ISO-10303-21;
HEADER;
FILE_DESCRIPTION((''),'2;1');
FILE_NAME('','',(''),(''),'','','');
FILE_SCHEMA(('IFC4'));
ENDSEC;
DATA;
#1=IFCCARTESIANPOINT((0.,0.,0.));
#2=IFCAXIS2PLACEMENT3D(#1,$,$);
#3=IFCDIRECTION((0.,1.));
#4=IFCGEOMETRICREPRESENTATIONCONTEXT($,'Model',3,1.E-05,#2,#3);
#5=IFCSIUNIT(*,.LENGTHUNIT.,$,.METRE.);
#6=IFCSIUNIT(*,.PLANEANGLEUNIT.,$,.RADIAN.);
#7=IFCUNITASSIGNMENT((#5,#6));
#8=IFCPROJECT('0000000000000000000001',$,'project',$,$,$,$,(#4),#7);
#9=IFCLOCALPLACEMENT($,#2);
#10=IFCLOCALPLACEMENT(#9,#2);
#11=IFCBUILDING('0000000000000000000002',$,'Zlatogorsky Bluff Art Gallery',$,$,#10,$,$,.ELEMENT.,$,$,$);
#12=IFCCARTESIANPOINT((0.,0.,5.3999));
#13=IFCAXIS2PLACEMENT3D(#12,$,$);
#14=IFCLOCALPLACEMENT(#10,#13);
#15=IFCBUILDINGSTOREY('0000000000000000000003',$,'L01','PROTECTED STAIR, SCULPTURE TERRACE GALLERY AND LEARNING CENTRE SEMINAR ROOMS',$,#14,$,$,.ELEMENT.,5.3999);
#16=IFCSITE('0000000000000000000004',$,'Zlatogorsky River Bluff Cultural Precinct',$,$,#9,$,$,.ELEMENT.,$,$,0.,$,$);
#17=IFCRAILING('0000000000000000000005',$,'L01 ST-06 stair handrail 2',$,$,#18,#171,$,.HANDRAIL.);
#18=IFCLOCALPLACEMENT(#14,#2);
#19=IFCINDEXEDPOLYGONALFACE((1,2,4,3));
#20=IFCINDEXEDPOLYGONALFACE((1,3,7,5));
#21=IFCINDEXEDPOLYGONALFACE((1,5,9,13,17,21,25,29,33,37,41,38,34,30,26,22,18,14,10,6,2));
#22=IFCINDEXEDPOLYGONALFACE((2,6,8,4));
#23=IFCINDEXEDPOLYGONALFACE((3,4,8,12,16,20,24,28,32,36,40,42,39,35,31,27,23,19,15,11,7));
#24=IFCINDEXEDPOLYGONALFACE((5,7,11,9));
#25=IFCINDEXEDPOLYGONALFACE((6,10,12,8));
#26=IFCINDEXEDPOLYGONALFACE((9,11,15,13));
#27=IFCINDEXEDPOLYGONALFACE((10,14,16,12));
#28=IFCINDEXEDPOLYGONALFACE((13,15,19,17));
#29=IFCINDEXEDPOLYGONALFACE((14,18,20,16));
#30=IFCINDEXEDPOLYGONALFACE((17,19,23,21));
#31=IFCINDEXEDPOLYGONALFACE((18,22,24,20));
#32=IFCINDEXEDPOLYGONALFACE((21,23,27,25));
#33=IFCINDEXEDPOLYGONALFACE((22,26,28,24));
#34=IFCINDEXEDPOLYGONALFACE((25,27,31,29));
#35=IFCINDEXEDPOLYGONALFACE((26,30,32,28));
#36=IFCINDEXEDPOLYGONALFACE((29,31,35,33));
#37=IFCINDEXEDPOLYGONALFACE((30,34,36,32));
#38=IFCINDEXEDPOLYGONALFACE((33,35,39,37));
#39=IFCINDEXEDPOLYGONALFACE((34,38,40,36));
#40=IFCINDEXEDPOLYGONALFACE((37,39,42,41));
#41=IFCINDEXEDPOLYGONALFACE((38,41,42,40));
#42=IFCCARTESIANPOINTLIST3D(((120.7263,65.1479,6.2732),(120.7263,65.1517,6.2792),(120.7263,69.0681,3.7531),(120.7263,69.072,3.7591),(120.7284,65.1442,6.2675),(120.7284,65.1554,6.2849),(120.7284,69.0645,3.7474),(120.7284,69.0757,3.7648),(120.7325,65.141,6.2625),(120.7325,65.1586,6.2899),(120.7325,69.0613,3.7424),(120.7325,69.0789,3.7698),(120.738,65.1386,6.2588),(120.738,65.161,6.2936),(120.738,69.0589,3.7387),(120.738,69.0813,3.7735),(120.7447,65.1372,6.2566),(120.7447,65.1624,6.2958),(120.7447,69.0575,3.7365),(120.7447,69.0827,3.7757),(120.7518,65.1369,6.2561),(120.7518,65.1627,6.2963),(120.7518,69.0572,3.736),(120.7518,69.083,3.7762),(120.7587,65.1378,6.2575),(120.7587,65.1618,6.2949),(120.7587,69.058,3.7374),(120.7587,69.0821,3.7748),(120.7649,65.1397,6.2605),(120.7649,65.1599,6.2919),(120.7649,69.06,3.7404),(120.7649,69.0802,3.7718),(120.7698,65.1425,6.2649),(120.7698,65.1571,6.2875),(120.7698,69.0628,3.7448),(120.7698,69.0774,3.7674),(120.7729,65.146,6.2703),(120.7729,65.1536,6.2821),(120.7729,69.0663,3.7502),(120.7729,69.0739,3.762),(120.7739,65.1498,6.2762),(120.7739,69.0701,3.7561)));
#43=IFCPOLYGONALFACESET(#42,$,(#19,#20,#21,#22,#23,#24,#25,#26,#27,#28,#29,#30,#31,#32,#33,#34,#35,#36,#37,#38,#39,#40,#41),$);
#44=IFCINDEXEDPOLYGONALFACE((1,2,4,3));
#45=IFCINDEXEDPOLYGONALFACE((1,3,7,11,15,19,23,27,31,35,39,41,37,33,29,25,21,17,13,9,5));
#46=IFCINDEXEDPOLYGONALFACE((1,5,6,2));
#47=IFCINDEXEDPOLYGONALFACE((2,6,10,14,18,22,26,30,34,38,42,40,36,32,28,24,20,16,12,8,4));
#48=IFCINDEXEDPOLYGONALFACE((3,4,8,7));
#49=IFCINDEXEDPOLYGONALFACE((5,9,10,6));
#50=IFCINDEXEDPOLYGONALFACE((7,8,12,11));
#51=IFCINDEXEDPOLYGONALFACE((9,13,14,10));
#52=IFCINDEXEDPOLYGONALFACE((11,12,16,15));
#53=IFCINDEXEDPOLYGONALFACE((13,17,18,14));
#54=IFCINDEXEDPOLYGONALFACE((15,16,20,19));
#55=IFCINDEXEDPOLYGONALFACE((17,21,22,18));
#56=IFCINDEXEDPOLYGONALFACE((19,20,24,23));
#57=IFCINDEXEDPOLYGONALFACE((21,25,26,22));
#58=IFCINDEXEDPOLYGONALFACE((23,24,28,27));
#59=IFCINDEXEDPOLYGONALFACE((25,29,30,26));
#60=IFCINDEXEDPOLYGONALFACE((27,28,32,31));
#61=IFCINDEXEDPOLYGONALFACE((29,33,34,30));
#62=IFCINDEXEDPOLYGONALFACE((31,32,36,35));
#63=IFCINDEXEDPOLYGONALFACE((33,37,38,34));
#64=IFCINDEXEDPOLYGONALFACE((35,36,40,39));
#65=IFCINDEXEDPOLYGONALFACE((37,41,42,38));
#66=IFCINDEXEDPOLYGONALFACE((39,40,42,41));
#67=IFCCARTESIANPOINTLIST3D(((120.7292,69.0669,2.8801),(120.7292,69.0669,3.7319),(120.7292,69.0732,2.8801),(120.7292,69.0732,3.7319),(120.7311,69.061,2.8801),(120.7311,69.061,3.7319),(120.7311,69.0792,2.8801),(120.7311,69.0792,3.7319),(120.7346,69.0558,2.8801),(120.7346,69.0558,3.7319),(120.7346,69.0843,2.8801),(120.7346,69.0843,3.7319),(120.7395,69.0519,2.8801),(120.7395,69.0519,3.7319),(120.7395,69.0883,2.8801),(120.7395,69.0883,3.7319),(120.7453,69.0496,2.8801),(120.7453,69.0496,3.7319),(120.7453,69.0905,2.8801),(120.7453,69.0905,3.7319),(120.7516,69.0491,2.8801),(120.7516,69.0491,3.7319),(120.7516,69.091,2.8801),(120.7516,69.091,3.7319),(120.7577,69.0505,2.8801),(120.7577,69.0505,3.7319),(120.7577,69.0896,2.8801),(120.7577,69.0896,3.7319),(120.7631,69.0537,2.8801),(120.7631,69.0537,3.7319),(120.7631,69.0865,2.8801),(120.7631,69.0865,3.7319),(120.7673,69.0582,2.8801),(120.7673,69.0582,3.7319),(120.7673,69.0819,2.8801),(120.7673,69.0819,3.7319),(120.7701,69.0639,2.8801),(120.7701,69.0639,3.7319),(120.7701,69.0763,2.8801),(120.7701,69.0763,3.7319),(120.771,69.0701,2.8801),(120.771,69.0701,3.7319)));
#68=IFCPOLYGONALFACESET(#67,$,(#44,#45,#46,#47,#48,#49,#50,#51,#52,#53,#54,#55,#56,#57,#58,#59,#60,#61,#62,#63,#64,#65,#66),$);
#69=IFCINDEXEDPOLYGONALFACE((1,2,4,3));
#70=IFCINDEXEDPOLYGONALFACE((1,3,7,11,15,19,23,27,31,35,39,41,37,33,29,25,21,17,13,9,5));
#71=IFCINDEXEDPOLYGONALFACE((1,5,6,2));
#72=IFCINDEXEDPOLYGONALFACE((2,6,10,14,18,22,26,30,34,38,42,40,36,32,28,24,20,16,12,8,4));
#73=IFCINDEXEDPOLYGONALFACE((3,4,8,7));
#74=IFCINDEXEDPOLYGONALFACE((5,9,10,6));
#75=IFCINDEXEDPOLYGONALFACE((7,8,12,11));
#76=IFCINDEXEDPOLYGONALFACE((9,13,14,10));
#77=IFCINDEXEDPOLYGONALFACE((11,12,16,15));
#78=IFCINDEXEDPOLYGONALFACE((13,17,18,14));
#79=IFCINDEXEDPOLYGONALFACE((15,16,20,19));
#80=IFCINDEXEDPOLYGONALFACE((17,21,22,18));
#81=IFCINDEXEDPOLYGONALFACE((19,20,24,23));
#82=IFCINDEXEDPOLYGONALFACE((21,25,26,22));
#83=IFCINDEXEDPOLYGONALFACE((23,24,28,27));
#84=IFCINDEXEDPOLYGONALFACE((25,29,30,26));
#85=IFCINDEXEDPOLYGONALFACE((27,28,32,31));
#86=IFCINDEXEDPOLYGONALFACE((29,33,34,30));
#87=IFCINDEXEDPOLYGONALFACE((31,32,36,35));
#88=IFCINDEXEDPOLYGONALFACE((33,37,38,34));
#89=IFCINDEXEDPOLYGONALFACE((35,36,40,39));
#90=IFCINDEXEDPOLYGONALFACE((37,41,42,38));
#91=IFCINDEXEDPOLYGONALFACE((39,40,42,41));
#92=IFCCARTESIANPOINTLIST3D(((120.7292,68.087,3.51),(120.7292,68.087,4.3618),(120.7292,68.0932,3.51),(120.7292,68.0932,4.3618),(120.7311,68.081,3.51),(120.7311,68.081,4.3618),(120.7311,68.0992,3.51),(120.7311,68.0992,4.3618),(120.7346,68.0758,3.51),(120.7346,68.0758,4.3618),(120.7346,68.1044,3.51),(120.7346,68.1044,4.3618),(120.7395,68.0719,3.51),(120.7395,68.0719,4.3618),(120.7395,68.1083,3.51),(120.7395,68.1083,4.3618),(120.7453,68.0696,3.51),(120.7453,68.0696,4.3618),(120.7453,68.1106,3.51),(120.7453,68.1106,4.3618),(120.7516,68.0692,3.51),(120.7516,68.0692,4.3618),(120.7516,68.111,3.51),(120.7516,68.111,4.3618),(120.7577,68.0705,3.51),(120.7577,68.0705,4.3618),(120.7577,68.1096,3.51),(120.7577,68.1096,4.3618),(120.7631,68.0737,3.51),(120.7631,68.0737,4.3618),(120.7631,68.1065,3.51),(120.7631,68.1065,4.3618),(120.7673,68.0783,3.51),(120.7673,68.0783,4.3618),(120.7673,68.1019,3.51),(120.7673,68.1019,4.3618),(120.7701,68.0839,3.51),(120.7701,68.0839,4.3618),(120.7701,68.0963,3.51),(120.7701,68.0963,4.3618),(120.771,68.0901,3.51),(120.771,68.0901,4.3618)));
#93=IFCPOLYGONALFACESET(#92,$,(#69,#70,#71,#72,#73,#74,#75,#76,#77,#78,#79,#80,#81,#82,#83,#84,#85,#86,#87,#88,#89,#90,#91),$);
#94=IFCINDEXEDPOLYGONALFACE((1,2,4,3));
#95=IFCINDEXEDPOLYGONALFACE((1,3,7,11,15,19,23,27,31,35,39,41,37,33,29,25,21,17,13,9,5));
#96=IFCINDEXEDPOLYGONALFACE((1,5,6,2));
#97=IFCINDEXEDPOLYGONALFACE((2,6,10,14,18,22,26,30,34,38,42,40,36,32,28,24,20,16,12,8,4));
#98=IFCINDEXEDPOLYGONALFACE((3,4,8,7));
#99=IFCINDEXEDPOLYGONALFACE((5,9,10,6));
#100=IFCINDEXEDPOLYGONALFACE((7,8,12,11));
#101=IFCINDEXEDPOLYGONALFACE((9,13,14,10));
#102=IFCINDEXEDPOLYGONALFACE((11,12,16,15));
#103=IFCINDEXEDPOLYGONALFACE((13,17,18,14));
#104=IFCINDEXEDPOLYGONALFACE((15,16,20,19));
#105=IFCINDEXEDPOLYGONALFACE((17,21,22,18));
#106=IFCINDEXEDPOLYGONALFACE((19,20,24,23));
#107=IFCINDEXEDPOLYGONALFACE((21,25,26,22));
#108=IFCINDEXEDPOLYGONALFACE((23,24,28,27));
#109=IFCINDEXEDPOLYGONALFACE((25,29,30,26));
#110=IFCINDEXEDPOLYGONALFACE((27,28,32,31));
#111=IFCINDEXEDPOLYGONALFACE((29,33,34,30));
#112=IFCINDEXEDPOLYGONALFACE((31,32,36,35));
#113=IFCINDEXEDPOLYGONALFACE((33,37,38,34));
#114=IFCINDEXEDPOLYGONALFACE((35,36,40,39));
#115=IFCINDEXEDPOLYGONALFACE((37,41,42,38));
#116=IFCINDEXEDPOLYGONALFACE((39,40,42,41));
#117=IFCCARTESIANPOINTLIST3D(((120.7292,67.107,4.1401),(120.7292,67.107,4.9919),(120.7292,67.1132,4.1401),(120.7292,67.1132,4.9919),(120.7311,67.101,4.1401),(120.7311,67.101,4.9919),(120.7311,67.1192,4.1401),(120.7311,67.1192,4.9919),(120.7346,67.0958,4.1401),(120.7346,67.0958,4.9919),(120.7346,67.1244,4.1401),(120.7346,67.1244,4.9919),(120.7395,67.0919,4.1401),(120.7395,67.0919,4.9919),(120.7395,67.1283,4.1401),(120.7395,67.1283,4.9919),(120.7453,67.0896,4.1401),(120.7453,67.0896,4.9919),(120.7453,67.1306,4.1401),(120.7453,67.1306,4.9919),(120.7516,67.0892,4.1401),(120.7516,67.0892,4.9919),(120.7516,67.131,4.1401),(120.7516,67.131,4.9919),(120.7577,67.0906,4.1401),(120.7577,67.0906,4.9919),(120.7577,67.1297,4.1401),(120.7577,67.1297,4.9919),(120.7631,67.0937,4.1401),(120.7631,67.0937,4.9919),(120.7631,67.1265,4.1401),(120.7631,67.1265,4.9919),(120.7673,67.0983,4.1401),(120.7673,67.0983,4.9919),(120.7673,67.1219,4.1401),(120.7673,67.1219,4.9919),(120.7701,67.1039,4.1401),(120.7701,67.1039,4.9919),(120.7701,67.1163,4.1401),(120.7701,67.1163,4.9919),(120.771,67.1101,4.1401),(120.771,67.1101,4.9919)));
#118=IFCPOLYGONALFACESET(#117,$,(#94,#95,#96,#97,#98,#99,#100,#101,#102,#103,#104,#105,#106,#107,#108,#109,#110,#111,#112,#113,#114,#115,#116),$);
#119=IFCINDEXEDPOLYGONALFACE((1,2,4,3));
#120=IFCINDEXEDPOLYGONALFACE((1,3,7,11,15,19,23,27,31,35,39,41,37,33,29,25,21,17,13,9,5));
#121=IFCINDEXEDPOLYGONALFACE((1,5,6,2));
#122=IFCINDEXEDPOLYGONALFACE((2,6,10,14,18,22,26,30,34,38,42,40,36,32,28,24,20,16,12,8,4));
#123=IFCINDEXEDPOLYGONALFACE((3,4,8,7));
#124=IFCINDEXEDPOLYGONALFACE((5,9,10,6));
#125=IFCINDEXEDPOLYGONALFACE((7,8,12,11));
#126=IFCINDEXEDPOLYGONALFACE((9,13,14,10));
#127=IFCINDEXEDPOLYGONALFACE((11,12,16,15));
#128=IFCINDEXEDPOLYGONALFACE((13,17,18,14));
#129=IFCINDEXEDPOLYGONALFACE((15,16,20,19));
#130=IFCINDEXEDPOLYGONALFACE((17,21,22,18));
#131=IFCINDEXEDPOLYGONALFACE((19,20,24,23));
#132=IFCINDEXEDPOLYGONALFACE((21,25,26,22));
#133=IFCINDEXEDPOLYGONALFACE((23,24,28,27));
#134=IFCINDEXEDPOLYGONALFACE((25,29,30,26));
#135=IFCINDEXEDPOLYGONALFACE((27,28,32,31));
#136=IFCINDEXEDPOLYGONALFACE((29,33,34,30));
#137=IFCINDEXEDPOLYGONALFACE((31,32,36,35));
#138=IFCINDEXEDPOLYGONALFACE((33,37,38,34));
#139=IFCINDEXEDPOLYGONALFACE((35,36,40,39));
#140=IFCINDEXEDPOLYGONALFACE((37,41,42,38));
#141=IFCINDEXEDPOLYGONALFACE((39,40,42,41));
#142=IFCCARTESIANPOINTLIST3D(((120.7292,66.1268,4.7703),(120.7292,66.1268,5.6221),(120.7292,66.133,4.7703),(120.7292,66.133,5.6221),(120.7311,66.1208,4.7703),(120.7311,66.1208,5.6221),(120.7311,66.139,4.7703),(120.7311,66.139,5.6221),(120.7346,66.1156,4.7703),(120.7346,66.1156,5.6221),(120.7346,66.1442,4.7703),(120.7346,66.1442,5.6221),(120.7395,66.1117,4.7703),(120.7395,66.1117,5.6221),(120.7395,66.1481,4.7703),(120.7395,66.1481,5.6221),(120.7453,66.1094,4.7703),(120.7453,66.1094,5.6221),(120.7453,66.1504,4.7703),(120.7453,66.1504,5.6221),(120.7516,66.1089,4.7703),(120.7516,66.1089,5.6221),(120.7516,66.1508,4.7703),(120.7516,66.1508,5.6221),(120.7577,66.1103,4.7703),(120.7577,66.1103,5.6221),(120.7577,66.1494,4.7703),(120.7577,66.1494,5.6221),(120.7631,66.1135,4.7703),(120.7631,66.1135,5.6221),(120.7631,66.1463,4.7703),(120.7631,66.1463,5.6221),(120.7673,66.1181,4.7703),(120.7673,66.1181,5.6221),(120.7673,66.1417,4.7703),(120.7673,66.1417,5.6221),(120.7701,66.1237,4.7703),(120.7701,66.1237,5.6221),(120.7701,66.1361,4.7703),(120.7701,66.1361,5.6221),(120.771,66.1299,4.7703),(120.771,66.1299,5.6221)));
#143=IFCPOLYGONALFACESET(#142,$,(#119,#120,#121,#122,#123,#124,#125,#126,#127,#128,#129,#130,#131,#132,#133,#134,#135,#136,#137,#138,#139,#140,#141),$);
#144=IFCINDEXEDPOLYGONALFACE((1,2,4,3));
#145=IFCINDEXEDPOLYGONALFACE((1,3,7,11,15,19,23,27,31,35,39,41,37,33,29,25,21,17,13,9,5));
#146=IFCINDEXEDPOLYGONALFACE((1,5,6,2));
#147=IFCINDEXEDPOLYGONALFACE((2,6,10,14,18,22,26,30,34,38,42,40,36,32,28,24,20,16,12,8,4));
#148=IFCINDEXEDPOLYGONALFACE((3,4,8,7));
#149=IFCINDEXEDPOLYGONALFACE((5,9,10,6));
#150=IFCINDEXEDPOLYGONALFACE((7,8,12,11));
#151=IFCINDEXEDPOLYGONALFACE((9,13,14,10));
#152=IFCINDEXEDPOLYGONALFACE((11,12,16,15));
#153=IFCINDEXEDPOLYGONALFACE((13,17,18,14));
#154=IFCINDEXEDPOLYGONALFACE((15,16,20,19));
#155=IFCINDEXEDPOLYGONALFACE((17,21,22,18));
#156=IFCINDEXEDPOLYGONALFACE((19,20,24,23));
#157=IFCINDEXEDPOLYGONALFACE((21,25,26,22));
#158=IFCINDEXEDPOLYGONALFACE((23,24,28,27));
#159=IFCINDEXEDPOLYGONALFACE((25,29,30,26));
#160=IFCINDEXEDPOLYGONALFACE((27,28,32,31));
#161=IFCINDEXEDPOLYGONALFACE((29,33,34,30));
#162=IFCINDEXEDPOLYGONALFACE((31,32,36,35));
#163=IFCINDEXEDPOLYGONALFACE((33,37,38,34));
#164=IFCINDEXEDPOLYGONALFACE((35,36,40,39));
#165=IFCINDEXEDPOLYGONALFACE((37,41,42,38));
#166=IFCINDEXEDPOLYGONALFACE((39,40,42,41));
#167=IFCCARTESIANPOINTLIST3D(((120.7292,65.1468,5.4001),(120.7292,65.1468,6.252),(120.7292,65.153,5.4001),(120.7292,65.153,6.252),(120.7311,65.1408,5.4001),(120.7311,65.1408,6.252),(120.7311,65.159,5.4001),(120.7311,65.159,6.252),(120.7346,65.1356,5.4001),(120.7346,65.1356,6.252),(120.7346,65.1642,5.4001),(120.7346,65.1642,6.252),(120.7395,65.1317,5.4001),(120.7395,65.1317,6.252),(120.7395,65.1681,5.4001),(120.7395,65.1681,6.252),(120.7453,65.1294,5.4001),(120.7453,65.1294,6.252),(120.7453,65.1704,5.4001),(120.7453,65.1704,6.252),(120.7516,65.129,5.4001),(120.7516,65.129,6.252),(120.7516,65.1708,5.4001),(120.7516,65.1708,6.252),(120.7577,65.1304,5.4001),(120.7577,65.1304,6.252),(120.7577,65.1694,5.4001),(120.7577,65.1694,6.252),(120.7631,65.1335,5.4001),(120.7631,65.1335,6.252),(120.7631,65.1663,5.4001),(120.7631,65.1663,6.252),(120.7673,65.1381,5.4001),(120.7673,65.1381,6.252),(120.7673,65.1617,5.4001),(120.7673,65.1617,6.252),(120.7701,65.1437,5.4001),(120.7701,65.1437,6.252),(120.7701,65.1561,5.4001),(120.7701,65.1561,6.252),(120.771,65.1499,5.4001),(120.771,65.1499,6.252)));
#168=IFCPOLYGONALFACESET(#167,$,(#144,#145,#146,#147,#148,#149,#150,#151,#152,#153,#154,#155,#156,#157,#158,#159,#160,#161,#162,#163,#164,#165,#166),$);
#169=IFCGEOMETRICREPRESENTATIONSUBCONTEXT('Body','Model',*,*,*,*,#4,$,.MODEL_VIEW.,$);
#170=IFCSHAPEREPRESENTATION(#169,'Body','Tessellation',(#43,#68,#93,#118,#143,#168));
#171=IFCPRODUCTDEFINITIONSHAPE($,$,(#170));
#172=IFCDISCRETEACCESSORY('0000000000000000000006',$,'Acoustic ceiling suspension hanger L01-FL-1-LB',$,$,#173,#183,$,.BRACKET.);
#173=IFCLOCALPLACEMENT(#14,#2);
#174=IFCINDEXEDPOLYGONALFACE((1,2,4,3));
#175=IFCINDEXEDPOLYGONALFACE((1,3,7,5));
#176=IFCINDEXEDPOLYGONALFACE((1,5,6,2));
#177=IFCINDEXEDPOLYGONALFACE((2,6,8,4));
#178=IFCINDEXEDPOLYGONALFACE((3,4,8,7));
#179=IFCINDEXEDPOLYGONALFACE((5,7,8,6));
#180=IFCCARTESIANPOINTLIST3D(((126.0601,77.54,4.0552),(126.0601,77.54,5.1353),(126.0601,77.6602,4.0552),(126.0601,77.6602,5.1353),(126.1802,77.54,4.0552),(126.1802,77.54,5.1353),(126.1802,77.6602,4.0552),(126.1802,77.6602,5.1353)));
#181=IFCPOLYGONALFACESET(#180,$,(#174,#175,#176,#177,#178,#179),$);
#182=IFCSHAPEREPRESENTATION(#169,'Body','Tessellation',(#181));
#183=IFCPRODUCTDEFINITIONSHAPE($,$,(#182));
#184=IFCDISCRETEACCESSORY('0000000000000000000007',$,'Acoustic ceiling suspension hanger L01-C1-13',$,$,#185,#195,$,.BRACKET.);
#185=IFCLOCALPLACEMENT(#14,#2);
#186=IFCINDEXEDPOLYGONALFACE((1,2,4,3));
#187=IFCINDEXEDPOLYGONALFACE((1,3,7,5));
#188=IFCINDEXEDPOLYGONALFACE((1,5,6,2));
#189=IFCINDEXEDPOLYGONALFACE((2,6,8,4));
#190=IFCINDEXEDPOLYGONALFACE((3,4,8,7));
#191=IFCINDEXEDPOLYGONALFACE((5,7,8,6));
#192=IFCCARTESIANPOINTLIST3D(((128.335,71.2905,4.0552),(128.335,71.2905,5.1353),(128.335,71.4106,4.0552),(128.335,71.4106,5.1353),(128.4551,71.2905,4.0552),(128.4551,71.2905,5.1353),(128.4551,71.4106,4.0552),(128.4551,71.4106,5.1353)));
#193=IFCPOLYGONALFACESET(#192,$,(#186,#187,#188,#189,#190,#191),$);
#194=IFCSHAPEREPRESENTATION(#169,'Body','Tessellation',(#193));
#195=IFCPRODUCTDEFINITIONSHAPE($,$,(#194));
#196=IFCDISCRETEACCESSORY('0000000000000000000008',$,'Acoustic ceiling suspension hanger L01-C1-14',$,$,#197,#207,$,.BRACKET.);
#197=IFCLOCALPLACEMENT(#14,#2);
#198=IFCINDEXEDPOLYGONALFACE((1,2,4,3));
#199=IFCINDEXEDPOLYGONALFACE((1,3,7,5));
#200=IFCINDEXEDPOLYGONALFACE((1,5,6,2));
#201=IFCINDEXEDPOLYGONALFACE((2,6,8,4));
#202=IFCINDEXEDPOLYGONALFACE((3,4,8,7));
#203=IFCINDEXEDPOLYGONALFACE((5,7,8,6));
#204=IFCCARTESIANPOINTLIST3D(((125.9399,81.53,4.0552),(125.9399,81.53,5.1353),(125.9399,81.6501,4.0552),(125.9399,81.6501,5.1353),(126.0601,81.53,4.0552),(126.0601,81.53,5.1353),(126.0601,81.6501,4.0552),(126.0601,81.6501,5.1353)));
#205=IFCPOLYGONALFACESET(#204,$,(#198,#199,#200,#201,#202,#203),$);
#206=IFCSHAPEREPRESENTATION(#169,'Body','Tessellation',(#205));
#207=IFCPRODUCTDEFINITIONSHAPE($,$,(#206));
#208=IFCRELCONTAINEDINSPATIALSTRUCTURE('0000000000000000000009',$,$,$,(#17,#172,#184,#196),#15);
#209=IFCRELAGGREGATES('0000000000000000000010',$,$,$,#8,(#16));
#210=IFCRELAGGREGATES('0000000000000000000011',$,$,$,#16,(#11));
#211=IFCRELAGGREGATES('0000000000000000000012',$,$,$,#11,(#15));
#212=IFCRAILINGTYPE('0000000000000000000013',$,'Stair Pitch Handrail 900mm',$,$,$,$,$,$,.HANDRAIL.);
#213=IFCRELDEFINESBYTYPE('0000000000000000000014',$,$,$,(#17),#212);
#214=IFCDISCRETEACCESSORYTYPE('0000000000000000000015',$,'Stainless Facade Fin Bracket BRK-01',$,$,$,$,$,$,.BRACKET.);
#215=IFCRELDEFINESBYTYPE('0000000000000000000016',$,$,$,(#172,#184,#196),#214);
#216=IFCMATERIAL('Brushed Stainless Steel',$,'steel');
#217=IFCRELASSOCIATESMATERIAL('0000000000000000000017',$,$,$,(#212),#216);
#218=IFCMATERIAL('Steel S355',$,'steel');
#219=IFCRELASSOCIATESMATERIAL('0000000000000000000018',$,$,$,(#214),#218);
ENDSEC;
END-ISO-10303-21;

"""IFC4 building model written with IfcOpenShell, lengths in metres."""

from ifc_helpers import new_model, si_unit, direction, frame, origin, origin_2d, place, context, subcontext, project, spatial, rectangle, circle, extrude, material, type_object, element, save


model = new_model("IFC4")

# Units and contexts
model_context = context("Model", 3, precision=1e-05, world=origin(), true_north=direction((0.0, 1.0)))
body_context = subcontext(model_context, "Body", "Model", "MODEL_VIEW")
ifc_project = project(units=[si_unit("LENGTHUNIT", "METRE"), si_unit("PLANEANGLEUNIT", "RADIAN")], contexts=[model_context])

# Site, building, storey
site_placement = place(None, origin())
site = spatial("IfcSite", under=ifc_project, at=site_placement, Name="Zlatogorsky River Bluff Cultural Precinct", CompositionType="ELEMENT", RefElevation=0.0)
building_placement = place(site_placement, origin())
building = spatial("IfcBuilding", under=site, at=building_placement, Name="Zlatogorsky Bluff Art Gallery", CompositionType="ELEMENT")
storey_placement = place(building_placement, frame((0.0, 0.0, 5.3999)))
storey = spatial("IfcBuildingStorey", under=building, at=storey_placement, Name="L01", Description="PROTECTED STAIR, SCULPTURE TERRACE GALLERY AND LEARNING CENTRE SEMINAR ROOMS", CompositionType="ELEMENT", Elevation=5.3999)

# Shared definitions
ifc_material_1 = material(Name="Steel S355", Category="steel")

# Railing
ifc_material_2 = material(Name="Brushed Stainless Steel", Category="steel")
railing_type_1 = type_object("IfcRailingType", Name="Stair Pitch Handrail 900mm", PredefinedType="HANDRAIL", material=ifc_material_2)
railing_1_placement = place(storey_placement, frame((120.75, 69.0701, 2.8801)))
element("IfcRailing", 1, at=railing_1_placement, inside=storey, type_object=railing_type_1, Name="L01 ST-06 stair handrail 2", PredefinedType="HANDRAIL", context=body_context, shape_type="SweptSolid", body=[
    extrude(circle(Radius=0.0239, at=origin_2d()), frame((0.0, 0.0, 0.876), z_axis=(0.0, -0.841187, 0.540744), x_axis=(1.0, 0.0, 0.0)), (0.0, 0.0, 1.0), 4.6604),
    extrude(circle(Radius=0.021, at=origin_2d()), origin(), (0.0, 0.0, 1.0), 0.8518),
    extrude(circle(Radius=0.021, at=origin_2d()), frame((0.0, -0.98, 0.6299)), (0.0, 0.0, 1.0), 0.8518),
    extrude(circle(Radius=0.021, at=origin_2d()), frame((0.0, -1.96, 1.26)), (0.0, 0.0, 1.0), 0.8518),
    extrude(circle(Radius=0.021, at=origin_2d()), frame((0.0, -2.9402, 1.8901)), (0.0, 0.0, 1.0), 0.8518),
    extrude(circle(Radius=0.021, at=origin_2d()), frame((0.0, -3.9202, 2.52)), (0.0, 0.0, 1.0), 0.8518),
])

# Discrete accessories
discrete_accessory_type = type_object("IfcDiscreteAccessoryType", Name="Stainless Facade Fin Bracket BRK-01", PredefinedType="BRACKET", material=ifc_material_1)
for number, where, z_axis, x_axis, name in (
    (2, (126.1201, 77.6001, 4.0552), (0.0, 0.0, 1.0), (1.0, 0.0, 0.0), "Acoustic ceiling suspension hanger L01-FL-1-LB"),
    (3, (128.395, 71.3506, 4.0552), (0.0, 0.0, 1.0), (1.0, 0.0, 0.0), "Acoustic ceiling suspension hanger L01-C1-13"),
    (4, (126.0, 81.5901, 4.0552), (0.0, 0.0, 1.0), (1.0, 0.0, 0.0), "Acoustic ceiling suspension hanger L01-C1-14"),
):
    element("IfcDiscreteAccessory", number, at=place(storey_placement, frame(where, z_axis=z_axis, x_axis=x_axis)), inside=storey, type_object=discrete_accessory_type, Name=name, PredefinedType="BRACKET", context=body_context, shape_type="SweptSolid", body=[
        extrude(rectangle(XDim=0.1201, YDim=0.1201, at=origin_2d()), origin(), (0.0, 0.0, 1.0), 1.0801),
    ])

save(model, "model.ifc")
